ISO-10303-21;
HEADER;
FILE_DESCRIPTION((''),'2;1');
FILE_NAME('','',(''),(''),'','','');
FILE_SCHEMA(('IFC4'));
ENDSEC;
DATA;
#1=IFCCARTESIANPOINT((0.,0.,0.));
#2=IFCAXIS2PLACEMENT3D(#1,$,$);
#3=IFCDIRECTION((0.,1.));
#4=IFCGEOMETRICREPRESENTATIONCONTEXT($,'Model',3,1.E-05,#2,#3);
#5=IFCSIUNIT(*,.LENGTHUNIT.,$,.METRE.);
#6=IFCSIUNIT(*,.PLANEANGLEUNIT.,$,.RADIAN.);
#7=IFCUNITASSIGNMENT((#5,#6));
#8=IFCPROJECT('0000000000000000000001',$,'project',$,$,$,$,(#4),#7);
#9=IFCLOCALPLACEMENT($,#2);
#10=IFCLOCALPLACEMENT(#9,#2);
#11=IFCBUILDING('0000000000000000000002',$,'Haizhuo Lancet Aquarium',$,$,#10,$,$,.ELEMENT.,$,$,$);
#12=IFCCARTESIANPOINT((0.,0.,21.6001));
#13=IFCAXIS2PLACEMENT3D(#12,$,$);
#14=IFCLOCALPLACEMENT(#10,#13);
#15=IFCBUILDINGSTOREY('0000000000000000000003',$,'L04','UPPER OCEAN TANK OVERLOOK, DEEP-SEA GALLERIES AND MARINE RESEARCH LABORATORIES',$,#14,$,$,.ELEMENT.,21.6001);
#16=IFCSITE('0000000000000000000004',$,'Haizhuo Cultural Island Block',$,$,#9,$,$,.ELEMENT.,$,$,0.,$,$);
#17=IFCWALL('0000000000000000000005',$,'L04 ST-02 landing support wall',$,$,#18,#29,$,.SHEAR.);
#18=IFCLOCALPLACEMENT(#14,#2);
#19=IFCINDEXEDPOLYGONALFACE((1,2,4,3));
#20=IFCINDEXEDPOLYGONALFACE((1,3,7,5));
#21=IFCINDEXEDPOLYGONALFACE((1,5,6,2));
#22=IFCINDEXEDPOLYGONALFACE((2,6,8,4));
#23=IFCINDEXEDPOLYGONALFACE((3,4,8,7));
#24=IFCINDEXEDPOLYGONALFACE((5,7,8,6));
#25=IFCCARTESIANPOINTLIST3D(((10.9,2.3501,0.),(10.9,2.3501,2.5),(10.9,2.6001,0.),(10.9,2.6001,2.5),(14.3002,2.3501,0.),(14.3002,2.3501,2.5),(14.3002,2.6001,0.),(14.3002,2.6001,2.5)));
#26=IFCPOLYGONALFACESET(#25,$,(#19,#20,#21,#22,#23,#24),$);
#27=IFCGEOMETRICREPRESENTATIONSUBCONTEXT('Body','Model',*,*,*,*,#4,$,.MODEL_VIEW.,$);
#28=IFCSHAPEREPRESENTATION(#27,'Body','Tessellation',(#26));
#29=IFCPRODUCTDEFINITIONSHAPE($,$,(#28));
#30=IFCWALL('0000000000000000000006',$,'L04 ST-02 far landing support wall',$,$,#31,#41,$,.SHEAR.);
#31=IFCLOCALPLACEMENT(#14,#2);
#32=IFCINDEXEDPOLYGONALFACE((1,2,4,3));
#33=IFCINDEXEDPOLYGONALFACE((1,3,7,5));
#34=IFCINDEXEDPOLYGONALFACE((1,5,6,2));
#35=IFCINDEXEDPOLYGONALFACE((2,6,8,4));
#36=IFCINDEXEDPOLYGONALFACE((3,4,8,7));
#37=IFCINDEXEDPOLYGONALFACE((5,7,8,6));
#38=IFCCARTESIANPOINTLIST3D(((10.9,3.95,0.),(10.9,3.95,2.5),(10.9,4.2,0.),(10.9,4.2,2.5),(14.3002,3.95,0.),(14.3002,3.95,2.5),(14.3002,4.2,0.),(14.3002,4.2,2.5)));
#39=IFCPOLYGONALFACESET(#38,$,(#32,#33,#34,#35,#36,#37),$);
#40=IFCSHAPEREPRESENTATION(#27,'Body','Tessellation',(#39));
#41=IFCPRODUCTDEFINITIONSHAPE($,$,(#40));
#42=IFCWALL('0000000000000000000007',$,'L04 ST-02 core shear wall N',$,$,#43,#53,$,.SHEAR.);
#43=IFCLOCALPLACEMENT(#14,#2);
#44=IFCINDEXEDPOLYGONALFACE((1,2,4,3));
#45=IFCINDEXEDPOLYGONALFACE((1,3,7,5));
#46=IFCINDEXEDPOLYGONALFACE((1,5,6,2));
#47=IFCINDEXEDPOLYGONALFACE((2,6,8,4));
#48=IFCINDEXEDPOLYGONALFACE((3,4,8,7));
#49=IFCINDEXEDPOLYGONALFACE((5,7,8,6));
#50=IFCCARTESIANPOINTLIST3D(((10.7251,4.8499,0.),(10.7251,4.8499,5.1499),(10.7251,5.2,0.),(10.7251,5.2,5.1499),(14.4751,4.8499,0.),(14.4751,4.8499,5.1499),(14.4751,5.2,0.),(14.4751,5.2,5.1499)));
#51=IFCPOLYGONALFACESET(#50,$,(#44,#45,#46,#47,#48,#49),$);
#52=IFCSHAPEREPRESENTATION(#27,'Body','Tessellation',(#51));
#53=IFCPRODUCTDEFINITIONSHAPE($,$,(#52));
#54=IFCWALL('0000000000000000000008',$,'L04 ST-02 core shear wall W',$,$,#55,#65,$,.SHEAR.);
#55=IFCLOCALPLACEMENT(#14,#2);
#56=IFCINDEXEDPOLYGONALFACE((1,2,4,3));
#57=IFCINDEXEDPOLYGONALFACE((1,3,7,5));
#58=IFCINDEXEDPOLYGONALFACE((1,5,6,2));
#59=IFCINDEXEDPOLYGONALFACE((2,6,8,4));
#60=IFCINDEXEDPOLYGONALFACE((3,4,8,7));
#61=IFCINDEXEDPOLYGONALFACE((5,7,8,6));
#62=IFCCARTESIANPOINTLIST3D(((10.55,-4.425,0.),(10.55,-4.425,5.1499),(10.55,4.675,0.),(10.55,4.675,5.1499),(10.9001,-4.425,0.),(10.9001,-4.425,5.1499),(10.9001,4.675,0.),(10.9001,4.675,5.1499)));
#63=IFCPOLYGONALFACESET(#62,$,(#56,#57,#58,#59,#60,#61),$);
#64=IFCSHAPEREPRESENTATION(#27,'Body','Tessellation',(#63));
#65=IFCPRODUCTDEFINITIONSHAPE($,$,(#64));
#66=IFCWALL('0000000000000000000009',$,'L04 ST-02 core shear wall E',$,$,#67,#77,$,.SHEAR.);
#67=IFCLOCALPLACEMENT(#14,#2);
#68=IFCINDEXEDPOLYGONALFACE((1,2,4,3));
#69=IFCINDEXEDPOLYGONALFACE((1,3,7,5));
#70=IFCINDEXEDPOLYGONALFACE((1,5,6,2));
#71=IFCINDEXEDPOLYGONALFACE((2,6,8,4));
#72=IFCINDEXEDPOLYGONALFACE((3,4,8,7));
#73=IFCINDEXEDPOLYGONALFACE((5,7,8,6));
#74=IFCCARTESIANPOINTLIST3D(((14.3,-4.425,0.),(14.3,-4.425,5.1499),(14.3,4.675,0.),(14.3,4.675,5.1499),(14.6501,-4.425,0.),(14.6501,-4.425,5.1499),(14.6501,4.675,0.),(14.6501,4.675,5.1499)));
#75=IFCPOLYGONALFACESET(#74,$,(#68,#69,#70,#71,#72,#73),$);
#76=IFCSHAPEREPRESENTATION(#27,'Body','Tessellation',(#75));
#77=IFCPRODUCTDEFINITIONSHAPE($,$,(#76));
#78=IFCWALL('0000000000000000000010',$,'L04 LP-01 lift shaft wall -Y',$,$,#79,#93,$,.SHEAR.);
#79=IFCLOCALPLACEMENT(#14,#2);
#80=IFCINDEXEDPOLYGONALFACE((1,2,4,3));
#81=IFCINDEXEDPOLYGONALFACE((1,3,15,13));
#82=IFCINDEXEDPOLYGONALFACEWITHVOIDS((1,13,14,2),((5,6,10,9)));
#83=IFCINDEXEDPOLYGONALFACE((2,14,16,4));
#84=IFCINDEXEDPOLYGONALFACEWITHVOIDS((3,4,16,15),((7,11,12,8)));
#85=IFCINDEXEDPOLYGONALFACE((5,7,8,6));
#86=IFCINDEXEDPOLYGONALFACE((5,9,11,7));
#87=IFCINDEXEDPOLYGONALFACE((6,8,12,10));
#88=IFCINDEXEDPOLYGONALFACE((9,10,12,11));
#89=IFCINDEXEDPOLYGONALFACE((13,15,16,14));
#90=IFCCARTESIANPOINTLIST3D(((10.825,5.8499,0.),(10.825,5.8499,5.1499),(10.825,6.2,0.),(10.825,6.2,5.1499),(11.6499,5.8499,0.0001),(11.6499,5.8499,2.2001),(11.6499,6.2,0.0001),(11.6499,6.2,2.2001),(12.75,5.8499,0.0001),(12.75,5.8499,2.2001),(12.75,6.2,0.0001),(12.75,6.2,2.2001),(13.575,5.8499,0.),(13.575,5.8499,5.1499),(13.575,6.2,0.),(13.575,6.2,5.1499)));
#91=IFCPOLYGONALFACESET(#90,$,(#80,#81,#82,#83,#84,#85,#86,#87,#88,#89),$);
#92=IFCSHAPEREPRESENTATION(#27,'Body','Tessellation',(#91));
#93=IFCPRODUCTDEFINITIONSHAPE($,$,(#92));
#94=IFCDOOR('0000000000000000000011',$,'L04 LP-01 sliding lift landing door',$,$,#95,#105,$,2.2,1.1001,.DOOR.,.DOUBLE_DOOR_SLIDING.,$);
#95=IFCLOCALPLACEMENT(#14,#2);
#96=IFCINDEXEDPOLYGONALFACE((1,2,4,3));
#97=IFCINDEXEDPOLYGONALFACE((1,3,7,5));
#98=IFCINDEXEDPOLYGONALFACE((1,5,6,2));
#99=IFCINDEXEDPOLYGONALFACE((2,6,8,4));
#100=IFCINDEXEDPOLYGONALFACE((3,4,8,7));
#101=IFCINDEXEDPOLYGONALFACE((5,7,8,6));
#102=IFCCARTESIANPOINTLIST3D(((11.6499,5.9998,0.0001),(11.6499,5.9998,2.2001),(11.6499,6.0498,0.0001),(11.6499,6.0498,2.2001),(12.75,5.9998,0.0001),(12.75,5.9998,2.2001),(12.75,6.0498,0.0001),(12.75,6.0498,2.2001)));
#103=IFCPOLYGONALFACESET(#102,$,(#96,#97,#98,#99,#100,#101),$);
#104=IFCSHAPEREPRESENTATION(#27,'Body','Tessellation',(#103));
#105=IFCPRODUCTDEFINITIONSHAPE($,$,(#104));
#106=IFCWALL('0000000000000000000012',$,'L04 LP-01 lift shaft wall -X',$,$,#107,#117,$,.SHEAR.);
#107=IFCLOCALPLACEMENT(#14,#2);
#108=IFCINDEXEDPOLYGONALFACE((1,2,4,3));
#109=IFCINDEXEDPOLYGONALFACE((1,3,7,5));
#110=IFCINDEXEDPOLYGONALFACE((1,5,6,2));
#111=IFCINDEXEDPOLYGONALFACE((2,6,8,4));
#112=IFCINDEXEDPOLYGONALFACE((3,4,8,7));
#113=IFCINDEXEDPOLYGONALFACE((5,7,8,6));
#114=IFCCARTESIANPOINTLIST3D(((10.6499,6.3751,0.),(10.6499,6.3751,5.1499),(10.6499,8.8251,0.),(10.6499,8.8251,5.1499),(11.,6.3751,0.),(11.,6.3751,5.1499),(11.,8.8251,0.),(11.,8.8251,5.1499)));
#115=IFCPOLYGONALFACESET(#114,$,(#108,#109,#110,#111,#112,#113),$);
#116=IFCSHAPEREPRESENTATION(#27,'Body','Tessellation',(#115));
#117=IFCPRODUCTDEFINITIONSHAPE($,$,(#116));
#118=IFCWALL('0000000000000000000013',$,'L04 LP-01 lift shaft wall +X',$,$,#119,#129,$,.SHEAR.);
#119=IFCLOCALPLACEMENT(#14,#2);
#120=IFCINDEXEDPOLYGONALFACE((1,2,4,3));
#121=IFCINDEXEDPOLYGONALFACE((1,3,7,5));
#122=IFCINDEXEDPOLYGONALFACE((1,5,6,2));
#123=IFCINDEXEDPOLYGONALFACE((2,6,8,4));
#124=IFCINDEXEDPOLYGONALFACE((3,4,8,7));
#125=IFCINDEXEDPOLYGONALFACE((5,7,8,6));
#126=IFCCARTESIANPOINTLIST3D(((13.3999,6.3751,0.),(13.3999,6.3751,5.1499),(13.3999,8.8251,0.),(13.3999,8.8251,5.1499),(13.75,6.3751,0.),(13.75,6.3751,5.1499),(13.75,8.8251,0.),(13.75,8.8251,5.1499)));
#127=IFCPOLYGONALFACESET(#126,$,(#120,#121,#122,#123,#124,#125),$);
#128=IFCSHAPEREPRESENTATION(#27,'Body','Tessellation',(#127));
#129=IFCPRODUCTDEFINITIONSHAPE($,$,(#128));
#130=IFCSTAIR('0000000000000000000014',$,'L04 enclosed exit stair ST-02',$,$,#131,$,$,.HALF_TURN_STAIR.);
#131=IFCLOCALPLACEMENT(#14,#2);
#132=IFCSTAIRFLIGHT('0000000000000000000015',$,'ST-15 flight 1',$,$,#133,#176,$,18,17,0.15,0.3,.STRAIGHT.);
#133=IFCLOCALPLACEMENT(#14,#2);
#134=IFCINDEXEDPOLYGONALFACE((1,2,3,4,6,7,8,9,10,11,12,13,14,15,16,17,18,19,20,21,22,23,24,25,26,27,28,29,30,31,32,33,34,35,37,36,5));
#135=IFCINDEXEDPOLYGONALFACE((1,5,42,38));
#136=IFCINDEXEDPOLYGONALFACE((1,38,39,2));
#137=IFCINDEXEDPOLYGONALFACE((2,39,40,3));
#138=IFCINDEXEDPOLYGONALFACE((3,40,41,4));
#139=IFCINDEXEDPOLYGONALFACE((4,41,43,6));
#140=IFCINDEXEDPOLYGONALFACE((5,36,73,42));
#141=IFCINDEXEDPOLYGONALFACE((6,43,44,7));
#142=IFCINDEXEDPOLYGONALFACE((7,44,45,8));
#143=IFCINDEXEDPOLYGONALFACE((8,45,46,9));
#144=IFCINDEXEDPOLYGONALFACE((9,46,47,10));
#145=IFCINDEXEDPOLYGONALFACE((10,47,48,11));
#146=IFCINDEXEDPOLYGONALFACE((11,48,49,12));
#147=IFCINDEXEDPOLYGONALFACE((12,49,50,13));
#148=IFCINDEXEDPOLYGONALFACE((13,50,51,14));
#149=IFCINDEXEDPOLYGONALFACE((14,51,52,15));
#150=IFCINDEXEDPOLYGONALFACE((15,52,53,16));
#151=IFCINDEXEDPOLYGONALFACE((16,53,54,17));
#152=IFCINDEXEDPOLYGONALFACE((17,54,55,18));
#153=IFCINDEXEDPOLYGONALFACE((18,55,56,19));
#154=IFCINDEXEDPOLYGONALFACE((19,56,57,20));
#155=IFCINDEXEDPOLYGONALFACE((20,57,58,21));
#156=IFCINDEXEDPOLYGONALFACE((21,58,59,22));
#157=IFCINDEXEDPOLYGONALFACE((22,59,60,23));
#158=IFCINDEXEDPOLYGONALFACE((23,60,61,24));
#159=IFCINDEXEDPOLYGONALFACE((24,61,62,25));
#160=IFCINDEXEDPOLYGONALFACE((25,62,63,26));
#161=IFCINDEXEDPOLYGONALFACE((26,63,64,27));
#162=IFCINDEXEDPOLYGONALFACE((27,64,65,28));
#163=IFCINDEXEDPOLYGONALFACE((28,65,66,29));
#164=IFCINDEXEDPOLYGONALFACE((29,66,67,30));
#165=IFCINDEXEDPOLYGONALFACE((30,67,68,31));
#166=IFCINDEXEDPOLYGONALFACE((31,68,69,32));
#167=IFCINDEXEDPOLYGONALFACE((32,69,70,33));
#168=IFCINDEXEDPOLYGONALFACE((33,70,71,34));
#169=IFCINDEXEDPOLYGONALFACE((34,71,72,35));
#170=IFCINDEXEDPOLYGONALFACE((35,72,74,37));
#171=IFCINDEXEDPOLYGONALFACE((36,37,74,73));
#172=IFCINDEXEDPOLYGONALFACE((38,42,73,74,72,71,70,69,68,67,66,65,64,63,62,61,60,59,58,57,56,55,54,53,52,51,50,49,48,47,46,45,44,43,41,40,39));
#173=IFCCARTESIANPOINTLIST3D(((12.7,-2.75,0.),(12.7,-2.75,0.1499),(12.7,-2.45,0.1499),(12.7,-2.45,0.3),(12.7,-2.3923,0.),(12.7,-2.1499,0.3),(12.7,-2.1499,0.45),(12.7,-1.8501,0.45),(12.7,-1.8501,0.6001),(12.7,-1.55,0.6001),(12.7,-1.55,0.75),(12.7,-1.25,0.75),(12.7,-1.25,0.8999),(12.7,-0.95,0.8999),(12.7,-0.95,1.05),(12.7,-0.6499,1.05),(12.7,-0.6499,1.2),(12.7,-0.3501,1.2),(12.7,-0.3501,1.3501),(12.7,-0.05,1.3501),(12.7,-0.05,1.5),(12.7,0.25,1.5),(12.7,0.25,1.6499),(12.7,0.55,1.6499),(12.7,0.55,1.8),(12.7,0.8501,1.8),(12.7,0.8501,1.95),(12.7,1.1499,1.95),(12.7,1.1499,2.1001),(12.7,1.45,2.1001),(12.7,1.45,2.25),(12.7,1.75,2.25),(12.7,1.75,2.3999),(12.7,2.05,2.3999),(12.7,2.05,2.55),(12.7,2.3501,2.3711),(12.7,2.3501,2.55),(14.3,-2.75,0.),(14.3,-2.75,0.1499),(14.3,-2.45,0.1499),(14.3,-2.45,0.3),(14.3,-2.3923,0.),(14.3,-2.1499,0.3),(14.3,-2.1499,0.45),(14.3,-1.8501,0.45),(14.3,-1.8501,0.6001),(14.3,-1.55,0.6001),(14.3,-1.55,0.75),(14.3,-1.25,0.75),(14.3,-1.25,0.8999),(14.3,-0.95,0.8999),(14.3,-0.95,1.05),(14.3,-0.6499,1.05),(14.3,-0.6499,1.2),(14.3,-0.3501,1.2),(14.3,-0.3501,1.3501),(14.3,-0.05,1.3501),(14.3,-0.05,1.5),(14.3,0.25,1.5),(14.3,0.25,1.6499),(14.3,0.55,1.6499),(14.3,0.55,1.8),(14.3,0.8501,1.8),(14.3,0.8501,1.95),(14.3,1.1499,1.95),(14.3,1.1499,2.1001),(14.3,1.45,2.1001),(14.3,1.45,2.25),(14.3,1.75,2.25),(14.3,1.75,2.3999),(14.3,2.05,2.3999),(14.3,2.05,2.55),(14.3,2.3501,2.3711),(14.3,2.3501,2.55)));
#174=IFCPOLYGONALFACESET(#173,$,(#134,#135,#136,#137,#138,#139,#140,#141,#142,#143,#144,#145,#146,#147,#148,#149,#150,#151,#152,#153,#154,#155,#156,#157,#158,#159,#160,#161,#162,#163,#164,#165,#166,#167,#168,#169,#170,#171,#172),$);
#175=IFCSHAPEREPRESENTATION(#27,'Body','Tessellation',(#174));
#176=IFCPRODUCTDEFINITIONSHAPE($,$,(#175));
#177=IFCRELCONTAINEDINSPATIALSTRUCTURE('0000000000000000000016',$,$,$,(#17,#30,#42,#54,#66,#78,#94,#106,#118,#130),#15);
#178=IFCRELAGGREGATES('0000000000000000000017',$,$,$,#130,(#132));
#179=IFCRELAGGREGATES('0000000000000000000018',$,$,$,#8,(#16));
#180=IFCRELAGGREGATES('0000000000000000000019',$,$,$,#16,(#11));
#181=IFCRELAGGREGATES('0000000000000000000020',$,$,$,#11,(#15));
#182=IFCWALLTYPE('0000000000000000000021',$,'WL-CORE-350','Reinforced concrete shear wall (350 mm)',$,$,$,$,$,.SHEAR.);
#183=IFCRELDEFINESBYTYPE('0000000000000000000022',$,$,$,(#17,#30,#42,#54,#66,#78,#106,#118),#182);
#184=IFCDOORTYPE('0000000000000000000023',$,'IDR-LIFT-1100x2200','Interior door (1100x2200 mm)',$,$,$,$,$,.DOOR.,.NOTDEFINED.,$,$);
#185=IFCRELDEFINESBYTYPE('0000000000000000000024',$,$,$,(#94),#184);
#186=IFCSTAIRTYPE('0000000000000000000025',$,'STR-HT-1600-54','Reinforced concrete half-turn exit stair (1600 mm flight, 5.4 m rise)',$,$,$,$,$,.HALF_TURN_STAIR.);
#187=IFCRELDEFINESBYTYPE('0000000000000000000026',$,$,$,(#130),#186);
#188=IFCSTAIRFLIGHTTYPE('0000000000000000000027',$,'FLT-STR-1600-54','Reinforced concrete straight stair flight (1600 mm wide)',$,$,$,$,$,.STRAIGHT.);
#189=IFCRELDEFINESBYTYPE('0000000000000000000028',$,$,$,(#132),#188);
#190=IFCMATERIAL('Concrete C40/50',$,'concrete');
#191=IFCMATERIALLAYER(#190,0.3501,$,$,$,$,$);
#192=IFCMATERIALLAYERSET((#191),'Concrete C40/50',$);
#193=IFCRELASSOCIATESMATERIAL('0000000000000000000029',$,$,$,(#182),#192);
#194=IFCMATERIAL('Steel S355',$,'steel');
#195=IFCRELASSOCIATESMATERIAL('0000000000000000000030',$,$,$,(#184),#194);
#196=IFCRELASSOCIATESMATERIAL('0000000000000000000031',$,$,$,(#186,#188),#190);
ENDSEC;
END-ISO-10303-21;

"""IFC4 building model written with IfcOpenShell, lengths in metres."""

from ifc_helpers import new_model, si_unit, direction, frame, frame_2d, origin, place, context, subcontext, project, spatial, polyline, rectangle, outline, extrude, material, layer, layer_set, type_object, element, fill, aggregate, save


model = new_model("IFC4")

# Units and contexts
model_context = context("Model", 3, precision=1e-05, world=origin(), true_north=direction((0.0, 1.0)))
body_context = subcontext(model_context, "Body", "Model", "MODEL_VIEW")
ifc_project = project(units=[si_unit("LENGTHUNIT", "METRE"), si_unit("PLANEANGLEUNIT", "RADIAN")], contexts=[model_context])

# Site, building, storey
site_placement = place(None, origin())
site = spatial("IfcSite", under=ifc_project, at=site_placement, Name="Haizhuo Cultural Island Block", CompositionType="ELEMENT", RefElevation=0.0)
building_placement = place(site_placement, origin())
building = spatial("IfcBuilding", under=site, at=building_placement, Name="Haizhuo Lancet Aquarium", CompositionType="ELEMENT")
storey_placement = place(building_placement, frame((0.0, 0.0, 21.6001)))
storey = spatial("IfcBuildingStorey", under=building, at=storey_placement, Name="L04", Description="UPPER OCEAN TANK OVERLOOK, DEEP-SEA GALLERIES AND MARINE RESEARCH LABORATORIES", CompositionType="ELEMENT", Elevation=21.6001)

# Shared definitions
ifc_material_1 = material(Name="Steel S355", Category="steel")

# Walls
ifc_material_2 = material(Name="Concrete C40/50", Category="concrete")
ifc_layer_1 = layer(ifc_material_2, 0.3501)
ifc_layer_set_1 = layer_set([ifc_layer_1], Name="Concrete C40/50")
wall_type_1 = type_object("IfcWallType", Name="WL-CORE-350", Description="Reinforced concrete shear wall (350 mm)", PredefinedType="SHEAR", material=ifc_layer_set_1)
for number, where, z_axis, x_axis, name in (
    (1, (10.8999, 2.4751, 0.0), (0.0, 0.0, 1.0), (1.0, 0.0, 0.0), "L04 ST-02 landing support wall"),
    (2, (10.8999, 4.075, 0.0), (0.0, 0.0, 1.0), (1.0, 0.0, 0.0), "L04 ST-02 far landing support wall"),
):
    element("IfcWall", number, at=place(storey_placement, frame(where, z_axis=z_axis, x_axis=x_axis)), inside=storey, type_object=wall_type_1, Name=name, PredefinedType="SHEAR", context=body_context, shape_type="SweptSolid", body=[
        extrude(rectangle(XDim=3.4001, YDim=0.25, at=frame_2d((1.7002, 0.0))), origin(), (0.0, 0.0, 1.0), 2.5),
    ])
wall_1_placement = place(storey_placement, frame((10.7251, 5.0249, 0.0), z_axis=(0.0, 0.0, 1.0), x_axis=(1.0, 0.0, 0.0)))
element("IfcWall", 3, at=wall_1_placement, inside=storey, type_object=wall_type_1, Name="L04 ST-02 core shear wall N", PredefinedType="SHEAR", context=body_context, shape_type="SweptSolid", body=[
    extrude(rectangle(XDim=3.75, YDim=0.3501, at=frame_2d((1.875, 0.0))), origin(), (0.0, 0.0, 1.0), 5.1499),
])
for number, where, z_axis, x_axis, name in (
    (4, (10.7251, -4.425, 0.0), (0.0, 0.0, 1.0), (0.0, 1.0, 0.0), "L04 ST-02 core shear wall W"),
    (5, (14.4751, -4.425, 0.0), (0.0, 0.0, 1.0), (0.0, 1.0, 0.0), "L04 ST-02 core shear wall E"),
):
    element("IfcWall", number, at=place(storey_placement, frame(where, z_axis=z_axis, x_axis=x_axis)), inside=storey, type_object=wall_type_1, Name=name, PredefinedType="SHEAR", context=body_context, shape_type="SweptSolid", body=[
        extrude(rectangle(XDim=9.1001, YDim=0.3501, at=frame_2d((4.55, 0.0))), origin(), (0.0, 0.0, 1.0), 5.1499),
    ])

# Wall, opening, door
wall_2_placement = place(storey_placement, frame((10.825, 6.0249, 0.0), z_axis=(0.0, 0.0, 1.0), x_axis=(1.0, 0.0, 0.0)))
wall_2 = element("IfcWall", 6, at=wall_2_placement, inside=storey, type_object=wall_type_1, Name="L04 LP-01 lift shaft wall -Y", PredefinedType="SHEAR", context=body_context, shape_type="SweptSolid", body=[
    extrude(rectangle(XDim=2.75, YDim=0.3501, at=frame_2d((1.375, 0.0))), origin(), (0.0, 0.0, 1.0), 5.1499),
])
opening_placement = place(wall_2_placement, frame((0.825, 0.0, 0.0)))
opening = element("IfcOpeningElement", 7, at=opening_placement, cuts=wall_2, PredefinedType="OPENING", context=body_context, shape_type="SweptSolid", body=[
    extrude(rectangle(XDim=1.1001, YDim=2.2, at=frame_2d((0.55, 1.1001))), frame((0.0, 0.1851, 0.0), z_axis=(0.0, -1.0, 0.0), x_axis=(1.0, 0.0, 0.0)), (0.0, 0.0, 1.0), 0.3701),
])
door_type = type_object("IfcDoorType", Name="IDR-LIFT-1100x2200", Description="Interior door (1100x2200 mm)", OperationType="NOTDEFINED", PredefinedType="DOOR", material=ifc_material_1)
door_placement = place(opening_placement, origin())
door = element("IfcDoor", 8, at=door_placement, inside=storey, type_object=door_type, Name="L04 LP-01 sliding lift landing door", OperationType="DOUBLE_DOOR_SLIDING", OverallHeight=2.2, OverallWidth=1.1001, PredefinedType="DOOR", context=body_context, shape_type="SweptSolid", body=[
    extrude(rectangle(XDim=1.1001, YDim=2.2, at=frame_2d((0.55, 1.1001))), frame((0.0, 0.0249, 0.0), z_axis=(0.0, -1.0, 0.0), x_axis=(1.0, 0.0, 0.0)), (0.0, 0.0, 1.0), 0.05),
])
fill(opening, door)

# Walls
for number, where, z_axis, x_axis, name in (
    (9, (10.825, 6.375, 0.0), (0.0, 0.0, 1.0), (0.0, 1.0, 0.0), "L04 LP-01 lift shaft wall -X"),
    (10, (13.575, 6.375, 0.0), (0.0, 0.0, 1.0), (0.0, 1.0, 0.0), "L04 LP-01 lift shaft wall +X"),
):
    element("IfcWall", number, at=place(storey_placement, frame(where, z_axis=z_axis, x_axis=x_axis)), inside=storey, type_object=wall_type_1, Name=name, PredefinedType="SHEAR", context=body_context, shape_type="SweptSolid", body=[
        extrude(rectangle(XDim=2.45, YDim=0.3501, at=frame_2d((1.2251, 0.0))), origin(), (0.0, 0.0, 1.0), 5.1499),
    ])

# Stair, stair flight
stair_type = type_object("IfcStairType", Name="STR-HT-1600-54", Description="Reinforced concrete half-turn exit stair (1600 mm flight, 5.4 m rise)", PredefinedType="HALF_TURN_STAIR", material=ifc_material_2)
stair_placement = place(storey_placement, origin())
stair = element("IfcStair", 11, at=stair_placement, inside=storey, type_object=stair_type, Name="L04 enclosed exit stair ST-02", PredefinedType="HALF_TURN_STAIR")
stair_flight_type = type_object("IfcStairFlightType", Name="FLT-STR-1600-54", Description="Reinforced concrete straight stair flight (1600 mm wide)", PredefinedType="STRAIGHT", material=ifc_material_2)
stair_flight_1_placement = place(storey_placement, frame((13.5, -2.75, 0.0), z_axis=(0.0, 0.0, 1.0), x_axis=(0.0, 1.0, 0.0)))
stair_flight_1 = element("IfcStairFlight", 12, at=stair_flight_1_placement, type_object=stair_flight_type, Name="ST-15 flight 1", NumberOfRisers=18, NumberOfTreads=17, PredefinedType="STRAIGHT", RiserHeight=0.15, TreadLength=0.3, context=body_context, shape_type="SweptSolid", body=[
    extrude(outline(polyline([(0.0, 0.0), (0.0, 0.1499), (0.3, 0.1499), (0.3, 0.3), (0.6001, 0.3), (0.6001, 0.45), (0.8999, 0.45), (0.8999, 0.6001), (1.2, 0.6001), (1.2, 0.75), (1.5, 0.75), (1.5, 0.8999), (1.8, 0.8999), (1.8, 1.05), (2.1001, 1.05), (2.1001, 1.2), (2.3999, 1.2), (2.3999, 1.3501), (2.7, 1.3501), (2.7, 1.5), (3.0, 1.5), (3.0, 1.6499), (3.3, 1.6499), (3.3, 1.8), (3.6001, 1.8), (3.6001, 1.95), (3.8999, 1.95), (3.8999, 2.1001), (4.2, 2.1001), (4.2, 2.25), (4.5, 2.25), (4.5, 2.3999), (4.8, 2.3999), (4.8, 2.55), (5.1001, 2.55), (5.1001, 2.7), (5.1001, 2.3711), (0.3577, 0.0), (0.0, 0.0)])), frame((0.0, 0.8, 0.0), z_axis=(0.0, -1.0, 0.0), x_axis=(1.0, 0.0, 0.0)), (0.0, 0.0, 1.0), 1.6001),
])
aggregate(stair, [stair_flight_1])

save(model, "model.ifc")
